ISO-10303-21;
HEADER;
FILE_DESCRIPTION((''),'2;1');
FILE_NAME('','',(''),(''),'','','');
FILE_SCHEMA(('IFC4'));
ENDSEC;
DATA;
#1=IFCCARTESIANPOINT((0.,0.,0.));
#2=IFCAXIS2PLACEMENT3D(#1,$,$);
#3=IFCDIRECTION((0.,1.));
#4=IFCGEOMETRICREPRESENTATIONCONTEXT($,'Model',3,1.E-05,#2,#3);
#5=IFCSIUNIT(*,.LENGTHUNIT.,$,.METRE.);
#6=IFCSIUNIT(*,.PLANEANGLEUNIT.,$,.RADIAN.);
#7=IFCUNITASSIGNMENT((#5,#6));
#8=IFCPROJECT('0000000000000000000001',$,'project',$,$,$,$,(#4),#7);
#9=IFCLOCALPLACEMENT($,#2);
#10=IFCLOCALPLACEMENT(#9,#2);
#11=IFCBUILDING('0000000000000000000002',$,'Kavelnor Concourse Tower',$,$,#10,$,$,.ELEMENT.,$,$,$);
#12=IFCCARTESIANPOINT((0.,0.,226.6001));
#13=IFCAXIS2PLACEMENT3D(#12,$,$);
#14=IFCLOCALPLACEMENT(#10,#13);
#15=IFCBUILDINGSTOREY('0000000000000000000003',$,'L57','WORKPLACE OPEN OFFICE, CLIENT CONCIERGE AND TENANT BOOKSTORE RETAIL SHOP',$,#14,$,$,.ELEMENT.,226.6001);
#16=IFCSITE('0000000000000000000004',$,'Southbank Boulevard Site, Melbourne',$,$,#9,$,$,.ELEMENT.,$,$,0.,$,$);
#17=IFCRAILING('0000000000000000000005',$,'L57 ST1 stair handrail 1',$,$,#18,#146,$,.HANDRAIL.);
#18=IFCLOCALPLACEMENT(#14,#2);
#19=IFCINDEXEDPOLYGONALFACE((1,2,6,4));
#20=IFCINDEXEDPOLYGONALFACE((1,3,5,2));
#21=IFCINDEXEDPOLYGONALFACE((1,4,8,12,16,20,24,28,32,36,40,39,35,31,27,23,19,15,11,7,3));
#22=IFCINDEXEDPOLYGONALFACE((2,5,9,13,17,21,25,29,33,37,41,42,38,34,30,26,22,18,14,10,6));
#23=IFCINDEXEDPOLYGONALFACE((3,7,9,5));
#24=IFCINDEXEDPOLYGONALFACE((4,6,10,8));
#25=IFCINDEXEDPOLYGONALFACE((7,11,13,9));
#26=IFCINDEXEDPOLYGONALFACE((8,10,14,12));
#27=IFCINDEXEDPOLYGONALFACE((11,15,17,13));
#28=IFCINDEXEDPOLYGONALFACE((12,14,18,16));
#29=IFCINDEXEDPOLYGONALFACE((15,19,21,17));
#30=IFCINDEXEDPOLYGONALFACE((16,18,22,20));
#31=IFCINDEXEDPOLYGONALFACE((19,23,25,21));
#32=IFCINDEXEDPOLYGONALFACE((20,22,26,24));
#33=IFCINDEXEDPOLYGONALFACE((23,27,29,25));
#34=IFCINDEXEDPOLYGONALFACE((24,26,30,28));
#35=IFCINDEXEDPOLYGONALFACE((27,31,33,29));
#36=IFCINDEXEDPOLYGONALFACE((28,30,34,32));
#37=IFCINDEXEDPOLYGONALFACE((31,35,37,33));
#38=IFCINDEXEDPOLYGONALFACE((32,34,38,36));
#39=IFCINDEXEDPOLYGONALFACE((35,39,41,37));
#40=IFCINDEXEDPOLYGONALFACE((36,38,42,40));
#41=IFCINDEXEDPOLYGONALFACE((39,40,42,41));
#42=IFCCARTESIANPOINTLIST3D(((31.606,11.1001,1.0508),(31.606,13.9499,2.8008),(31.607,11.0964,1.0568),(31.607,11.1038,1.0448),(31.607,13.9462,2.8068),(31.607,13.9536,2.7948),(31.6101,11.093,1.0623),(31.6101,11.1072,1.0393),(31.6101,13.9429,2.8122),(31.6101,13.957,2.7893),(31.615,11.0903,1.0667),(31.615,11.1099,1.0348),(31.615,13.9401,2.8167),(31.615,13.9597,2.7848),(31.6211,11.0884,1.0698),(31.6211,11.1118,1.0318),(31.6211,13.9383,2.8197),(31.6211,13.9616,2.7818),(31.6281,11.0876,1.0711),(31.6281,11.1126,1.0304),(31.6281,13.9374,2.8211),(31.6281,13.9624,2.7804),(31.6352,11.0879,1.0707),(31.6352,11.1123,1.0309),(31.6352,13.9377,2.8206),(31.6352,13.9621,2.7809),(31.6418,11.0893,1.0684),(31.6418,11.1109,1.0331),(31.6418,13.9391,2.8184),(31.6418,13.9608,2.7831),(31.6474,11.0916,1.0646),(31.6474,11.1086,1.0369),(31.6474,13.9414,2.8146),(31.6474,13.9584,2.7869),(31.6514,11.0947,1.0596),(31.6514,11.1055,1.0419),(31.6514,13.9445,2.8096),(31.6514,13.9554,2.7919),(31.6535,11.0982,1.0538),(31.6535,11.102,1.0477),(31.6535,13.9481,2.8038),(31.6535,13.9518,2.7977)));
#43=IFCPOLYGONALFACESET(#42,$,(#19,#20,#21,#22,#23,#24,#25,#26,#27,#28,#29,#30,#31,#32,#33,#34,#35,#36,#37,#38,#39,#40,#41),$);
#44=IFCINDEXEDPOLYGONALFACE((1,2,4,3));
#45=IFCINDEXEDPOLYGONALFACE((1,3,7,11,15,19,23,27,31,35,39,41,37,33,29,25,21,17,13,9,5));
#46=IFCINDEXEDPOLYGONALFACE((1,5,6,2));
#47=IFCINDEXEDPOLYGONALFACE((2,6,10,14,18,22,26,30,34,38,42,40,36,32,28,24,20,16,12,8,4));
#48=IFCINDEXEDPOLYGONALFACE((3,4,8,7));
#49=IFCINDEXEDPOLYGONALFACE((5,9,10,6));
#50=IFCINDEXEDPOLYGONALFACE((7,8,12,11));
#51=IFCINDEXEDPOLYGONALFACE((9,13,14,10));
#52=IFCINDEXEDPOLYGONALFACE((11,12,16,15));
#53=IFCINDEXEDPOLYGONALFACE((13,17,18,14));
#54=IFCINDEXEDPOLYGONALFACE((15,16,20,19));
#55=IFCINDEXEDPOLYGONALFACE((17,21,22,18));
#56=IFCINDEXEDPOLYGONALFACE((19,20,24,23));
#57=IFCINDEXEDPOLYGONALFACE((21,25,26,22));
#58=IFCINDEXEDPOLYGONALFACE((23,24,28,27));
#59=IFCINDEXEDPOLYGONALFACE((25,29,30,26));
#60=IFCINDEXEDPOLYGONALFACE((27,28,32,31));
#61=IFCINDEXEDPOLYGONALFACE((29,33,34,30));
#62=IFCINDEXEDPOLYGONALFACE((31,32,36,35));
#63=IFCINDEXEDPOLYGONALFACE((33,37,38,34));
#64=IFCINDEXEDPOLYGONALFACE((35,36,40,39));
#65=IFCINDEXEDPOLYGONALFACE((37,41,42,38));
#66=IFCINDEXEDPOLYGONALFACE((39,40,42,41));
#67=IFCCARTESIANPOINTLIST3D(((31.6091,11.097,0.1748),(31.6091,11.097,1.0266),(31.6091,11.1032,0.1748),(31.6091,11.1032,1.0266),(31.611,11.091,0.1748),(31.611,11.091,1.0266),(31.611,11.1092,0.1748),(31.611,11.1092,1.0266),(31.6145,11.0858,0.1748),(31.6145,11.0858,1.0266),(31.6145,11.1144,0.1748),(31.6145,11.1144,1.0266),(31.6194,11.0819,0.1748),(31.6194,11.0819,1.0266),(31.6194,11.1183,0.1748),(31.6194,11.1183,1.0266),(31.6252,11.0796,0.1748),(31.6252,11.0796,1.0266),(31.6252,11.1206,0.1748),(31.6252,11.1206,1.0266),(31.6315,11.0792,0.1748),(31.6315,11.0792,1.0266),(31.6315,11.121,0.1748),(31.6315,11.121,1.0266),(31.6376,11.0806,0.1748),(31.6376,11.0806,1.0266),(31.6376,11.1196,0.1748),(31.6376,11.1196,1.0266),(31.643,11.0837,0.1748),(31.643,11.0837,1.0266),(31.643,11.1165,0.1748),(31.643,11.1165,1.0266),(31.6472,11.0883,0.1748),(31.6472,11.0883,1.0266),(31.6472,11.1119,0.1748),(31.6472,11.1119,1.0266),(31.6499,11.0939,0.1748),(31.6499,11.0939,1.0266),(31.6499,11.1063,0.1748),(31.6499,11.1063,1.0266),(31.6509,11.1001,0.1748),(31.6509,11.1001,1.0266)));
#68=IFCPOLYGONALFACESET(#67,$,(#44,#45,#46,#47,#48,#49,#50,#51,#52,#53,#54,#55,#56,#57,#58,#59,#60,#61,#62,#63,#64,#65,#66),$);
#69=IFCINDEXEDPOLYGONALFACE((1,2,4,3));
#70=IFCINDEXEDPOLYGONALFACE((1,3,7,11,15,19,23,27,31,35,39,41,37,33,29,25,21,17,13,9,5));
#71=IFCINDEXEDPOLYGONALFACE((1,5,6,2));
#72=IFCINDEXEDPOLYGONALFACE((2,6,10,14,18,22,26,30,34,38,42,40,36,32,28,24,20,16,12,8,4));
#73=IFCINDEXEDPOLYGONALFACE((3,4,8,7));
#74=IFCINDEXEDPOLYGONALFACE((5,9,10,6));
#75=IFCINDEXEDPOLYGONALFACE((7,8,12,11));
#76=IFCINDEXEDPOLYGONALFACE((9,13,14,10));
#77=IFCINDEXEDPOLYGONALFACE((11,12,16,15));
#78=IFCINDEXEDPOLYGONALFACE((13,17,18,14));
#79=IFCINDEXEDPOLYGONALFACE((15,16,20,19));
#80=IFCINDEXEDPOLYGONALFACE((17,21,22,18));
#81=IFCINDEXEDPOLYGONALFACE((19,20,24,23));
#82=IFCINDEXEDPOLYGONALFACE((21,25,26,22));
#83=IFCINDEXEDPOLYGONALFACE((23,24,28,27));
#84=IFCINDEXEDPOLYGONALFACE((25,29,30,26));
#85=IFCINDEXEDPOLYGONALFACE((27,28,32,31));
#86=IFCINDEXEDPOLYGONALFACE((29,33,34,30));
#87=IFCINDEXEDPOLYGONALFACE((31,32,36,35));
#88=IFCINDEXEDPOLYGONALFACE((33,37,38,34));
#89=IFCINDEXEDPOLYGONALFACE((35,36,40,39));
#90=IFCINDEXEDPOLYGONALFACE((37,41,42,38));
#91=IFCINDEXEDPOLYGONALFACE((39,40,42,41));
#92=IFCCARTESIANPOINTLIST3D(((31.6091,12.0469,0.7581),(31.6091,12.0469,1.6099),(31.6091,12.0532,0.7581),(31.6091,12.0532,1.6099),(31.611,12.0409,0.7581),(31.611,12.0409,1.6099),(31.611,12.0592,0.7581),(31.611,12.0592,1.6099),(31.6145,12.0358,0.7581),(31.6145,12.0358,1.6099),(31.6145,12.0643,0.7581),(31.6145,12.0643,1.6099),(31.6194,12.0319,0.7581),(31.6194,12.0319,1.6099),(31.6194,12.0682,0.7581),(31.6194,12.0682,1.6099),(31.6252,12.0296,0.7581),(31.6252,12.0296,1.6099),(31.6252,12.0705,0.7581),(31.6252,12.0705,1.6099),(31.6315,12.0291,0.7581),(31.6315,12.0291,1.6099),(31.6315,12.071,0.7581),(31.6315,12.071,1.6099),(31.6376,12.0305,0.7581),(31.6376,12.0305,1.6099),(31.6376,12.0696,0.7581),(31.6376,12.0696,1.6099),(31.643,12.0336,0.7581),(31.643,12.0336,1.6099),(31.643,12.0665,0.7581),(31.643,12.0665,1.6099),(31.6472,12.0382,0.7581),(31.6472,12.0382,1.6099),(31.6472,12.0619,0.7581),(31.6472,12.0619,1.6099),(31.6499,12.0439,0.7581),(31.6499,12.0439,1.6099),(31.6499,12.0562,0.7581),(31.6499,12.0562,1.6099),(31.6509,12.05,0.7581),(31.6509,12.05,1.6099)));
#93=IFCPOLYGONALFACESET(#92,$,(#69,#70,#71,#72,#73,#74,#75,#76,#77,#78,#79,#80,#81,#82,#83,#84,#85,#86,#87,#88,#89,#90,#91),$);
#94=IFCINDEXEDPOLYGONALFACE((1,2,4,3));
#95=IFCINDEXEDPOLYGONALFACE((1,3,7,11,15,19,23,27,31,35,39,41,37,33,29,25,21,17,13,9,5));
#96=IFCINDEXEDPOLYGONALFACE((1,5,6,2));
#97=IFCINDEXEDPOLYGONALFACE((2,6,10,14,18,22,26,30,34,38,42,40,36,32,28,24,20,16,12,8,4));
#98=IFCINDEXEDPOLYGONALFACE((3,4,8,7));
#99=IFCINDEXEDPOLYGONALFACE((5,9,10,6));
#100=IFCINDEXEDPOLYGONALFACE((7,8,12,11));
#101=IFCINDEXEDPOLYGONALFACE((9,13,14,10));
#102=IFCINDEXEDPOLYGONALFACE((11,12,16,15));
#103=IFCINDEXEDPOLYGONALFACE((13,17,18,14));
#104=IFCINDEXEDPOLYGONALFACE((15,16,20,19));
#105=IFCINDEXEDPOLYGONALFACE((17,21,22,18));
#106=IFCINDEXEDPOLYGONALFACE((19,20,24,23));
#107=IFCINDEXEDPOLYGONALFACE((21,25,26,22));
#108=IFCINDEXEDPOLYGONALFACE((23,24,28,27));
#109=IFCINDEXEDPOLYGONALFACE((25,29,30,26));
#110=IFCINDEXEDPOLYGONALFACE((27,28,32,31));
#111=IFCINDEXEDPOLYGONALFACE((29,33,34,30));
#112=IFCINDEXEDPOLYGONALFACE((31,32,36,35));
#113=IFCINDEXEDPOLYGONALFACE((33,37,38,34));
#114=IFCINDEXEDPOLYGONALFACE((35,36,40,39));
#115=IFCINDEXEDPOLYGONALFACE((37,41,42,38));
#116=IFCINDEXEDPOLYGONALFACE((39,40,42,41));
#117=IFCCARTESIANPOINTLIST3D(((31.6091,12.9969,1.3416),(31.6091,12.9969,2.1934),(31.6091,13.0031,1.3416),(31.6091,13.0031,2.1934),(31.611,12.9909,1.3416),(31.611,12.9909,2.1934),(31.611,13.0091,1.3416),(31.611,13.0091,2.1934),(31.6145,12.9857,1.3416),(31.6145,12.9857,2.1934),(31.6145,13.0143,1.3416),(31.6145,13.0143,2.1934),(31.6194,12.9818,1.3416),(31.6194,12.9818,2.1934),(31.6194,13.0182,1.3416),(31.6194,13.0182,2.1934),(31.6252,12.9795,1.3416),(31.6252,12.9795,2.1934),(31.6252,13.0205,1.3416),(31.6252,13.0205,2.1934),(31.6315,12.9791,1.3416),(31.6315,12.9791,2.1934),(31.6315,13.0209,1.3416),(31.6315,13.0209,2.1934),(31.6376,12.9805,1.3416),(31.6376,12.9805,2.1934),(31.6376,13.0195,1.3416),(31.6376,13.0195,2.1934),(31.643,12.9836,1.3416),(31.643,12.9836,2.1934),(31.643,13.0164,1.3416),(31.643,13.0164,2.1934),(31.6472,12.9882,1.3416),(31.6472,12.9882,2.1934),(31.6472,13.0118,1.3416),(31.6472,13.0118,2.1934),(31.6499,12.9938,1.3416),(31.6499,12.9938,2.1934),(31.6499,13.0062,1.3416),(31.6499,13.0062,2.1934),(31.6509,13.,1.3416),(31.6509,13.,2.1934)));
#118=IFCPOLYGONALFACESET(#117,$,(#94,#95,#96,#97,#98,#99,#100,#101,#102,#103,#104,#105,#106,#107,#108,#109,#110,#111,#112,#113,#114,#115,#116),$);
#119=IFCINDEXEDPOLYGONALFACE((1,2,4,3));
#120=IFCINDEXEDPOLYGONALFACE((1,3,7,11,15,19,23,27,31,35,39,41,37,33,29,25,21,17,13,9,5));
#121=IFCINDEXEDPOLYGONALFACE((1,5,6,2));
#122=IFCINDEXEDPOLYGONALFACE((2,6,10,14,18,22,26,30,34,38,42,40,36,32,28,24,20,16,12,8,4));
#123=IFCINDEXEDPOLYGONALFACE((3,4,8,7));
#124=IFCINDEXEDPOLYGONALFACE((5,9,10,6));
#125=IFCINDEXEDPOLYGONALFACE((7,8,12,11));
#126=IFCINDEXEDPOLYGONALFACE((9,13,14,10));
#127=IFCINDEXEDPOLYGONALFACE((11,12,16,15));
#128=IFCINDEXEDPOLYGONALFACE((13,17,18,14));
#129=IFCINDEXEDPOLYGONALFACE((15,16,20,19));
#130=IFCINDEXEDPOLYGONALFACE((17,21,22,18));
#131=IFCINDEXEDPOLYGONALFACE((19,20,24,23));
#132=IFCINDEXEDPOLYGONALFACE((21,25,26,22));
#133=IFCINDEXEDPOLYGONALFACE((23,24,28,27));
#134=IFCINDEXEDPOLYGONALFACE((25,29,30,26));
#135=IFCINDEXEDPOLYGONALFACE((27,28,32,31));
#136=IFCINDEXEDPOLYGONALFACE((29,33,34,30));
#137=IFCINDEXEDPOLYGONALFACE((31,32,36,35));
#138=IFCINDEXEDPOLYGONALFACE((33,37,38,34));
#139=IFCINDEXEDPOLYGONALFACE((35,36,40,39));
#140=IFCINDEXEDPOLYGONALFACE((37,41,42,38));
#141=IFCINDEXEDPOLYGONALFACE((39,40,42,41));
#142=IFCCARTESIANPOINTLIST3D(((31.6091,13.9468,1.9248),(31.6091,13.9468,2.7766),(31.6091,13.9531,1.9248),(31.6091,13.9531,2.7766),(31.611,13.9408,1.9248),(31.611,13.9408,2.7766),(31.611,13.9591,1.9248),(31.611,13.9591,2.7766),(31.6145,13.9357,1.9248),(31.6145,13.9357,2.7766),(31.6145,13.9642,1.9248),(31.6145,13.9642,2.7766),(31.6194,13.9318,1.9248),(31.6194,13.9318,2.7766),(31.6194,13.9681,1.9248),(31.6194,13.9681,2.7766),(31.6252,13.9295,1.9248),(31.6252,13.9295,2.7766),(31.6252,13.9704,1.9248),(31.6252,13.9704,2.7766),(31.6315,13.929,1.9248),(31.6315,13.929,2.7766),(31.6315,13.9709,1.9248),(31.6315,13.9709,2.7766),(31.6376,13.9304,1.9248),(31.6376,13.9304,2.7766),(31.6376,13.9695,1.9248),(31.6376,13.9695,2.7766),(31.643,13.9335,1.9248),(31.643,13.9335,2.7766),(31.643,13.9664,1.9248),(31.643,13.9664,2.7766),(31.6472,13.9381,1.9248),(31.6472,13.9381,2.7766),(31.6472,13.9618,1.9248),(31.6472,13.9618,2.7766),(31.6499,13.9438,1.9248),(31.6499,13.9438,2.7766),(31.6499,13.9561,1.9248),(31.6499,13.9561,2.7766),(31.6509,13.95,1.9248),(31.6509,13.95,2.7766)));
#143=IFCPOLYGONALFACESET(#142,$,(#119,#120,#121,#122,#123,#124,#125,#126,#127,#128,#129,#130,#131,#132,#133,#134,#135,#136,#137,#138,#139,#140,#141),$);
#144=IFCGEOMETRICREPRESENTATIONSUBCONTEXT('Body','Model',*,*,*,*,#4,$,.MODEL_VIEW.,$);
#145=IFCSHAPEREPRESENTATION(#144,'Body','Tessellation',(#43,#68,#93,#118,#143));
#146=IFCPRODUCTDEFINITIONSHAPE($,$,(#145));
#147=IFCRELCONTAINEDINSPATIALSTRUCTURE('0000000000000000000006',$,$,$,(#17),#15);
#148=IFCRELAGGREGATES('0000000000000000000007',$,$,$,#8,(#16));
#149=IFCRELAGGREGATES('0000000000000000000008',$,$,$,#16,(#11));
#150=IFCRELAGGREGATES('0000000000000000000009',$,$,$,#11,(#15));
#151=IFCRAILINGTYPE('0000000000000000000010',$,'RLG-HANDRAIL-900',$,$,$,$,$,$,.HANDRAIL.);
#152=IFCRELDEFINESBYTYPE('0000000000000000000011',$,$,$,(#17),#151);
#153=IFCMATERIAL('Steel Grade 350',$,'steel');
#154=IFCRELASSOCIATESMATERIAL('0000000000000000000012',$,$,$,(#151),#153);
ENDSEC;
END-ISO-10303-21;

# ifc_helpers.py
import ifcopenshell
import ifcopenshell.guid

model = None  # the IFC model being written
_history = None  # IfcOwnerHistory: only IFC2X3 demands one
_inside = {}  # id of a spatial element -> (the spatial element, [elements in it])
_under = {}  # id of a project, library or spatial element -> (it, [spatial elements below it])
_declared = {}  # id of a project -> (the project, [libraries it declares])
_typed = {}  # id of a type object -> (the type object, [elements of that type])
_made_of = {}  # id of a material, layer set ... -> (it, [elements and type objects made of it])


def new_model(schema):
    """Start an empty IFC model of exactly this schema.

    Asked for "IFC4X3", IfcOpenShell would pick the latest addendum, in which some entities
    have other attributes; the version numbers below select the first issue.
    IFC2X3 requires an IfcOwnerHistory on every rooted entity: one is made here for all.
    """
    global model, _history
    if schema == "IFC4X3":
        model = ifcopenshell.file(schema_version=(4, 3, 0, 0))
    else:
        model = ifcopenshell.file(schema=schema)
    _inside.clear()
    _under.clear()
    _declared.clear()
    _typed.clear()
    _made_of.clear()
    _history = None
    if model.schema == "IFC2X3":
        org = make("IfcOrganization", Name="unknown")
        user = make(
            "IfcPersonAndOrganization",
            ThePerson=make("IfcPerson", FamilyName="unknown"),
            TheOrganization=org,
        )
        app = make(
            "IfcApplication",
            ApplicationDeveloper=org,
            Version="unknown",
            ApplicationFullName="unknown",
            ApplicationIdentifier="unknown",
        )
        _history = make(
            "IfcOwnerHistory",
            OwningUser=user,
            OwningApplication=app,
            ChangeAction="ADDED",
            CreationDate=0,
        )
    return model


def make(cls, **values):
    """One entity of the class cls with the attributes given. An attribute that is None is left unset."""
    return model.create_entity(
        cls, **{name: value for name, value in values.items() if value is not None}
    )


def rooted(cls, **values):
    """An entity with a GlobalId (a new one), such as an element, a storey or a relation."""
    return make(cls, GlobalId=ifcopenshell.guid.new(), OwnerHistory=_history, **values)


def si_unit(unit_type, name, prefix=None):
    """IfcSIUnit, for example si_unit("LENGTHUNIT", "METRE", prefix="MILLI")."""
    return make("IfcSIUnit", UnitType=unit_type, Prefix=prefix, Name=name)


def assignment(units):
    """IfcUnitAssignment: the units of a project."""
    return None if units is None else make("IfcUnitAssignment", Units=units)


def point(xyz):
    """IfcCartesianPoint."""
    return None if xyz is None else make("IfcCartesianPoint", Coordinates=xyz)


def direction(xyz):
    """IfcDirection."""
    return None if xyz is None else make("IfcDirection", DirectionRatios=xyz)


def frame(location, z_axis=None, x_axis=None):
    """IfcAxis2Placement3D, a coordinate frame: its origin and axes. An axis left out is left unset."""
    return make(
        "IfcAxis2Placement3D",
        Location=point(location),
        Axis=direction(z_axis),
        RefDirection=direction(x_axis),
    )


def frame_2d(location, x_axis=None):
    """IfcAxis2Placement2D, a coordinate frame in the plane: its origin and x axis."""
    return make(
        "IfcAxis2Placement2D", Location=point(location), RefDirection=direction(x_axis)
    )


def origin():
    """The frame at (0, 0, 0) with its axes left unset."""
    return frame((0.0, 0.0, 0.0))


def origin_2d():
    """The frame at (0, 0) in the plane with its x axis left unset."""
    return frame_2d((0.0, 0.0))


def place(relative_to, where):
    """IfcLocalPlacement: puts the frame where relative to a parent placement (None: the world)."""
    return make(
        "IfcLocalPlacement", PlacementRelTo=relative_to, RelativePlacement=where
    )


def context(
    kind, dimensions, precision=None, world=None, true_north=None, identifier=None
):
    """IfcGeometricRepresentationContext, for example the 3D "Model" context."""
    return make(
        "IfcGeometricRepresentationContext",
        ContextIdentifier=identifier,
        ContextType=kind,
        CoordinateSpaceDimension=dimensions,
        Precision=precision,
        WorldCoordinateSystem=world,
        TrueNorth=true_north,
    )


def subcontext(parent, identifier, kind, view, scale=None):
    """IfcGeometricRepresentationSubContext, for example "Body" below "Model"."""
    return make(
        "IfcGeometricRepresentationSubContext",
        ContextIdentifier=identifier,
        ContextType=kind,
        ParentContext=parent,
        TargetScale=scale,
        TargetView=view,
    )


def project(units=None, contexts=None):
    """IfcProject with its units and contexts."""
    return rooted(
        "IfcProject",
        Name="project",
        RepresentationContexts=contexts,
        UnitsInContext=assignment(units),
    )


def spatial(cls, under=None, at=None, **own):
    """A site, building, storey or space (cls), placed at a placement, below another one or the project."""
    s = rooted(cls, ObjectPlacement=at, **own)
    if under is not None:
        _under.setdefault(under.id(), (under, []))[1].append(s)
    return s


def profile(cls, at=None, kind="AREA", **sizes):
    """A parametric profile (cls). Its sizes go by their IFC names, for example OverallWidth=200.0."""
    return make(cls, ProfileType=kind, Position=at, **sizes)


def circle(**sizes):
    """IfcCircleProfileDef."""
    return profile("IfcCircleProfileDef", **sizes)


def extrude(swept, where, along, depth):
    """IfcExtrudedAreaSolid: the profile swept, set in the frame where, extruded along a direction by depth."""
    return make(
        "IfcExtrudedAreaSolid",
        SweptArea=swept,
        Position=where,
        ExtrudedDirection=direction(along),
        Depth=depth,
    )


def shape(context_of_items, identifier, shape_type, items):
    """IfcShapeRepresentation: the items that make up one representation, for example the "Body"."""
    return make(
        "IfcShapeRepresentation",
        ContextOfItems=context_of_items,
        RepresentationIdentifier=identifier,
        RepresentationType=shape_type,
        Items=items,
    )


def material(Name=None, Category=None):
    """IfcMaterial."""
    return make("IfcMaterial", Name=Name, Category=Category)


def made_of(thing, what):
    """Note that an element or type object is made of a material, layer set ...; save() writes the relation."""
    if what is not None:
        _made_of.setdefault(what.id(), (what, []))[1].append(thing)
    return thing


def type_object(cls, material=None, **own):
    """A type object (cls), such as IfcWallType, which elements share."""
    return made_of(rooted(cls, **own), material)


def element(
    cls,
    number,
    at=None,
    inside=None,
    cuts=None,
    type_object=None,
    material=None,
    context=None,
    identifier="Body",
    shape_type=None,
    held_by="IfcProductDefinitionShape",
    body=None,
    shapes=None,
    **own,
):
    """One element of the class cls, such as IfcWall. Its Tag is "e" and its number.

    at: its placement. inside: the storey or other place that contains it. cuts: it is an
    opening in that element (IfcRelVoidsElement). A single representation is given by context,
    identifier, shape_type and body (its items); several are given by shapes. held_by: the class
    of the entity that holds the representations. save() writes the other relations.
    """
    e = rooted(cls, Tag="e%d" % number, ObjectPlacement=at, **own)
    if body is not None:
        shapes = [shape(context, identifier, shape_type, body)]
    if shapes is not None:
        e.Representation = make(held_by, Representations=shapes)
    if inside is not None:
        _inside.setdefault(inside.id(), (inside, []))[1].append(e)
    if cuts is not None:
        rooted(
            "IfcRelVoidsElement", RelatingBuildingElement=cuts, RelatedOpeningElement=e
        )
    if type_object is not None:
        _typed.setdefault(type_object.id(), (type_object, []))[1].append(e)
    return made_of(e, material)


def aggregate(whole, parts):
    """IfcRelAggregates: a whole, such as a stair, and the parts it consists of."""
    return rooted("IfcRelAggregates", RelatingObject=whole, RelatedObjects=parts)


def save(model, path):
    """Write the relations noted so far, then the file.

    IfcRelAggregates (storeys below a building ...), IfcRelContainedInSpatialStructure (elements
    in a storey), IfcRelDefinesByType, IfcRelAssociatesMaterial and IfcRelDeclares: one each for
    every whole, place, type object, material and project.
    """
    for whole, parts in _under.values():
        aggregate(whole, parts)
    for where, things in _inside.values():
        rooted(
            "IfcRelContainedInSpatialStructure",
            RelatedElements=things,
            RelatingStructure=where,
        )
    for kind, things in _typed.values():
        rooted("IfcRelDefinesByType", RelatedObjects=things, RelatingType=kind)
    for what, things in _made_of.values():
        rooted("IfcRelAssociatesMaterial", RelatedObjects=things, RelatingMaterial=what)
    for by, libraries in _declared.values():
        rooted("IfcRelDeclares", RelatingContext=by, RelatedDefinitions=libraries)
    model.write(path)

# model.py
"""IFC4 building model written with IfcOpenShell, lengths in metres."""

from ifc_helpers import new_model, si_unit, direction, frame, origin, origin_2d, place, context, subcontext, project, spatial, circle, extrude, material, type_object, element, save


model = new_model("IFC4")

# Units and contexts
model_context = context("Model", 3, precision=1e-05, world=origin(), true_north=direction((0.0, 1.0)))
body_context = subcontext(model_context, "Body", "Model", "MODEL_VIEW")
ifc_project = project(units=[si_unit("LENGTHUNIT", "METRE"), si_unit("PLANEANGLEUNIT", "RADIAN")], contexts=[model_context])

# Site, building, storey
site_placement = place(None, origin())
site = spatial("IfcSite", under=ifc_project, at=site_placement, Name="Southbank Boulevard Site, Melbourne", CompositionType="ELEMENT", RefElevation=0.0)
building_placement = place(site_placement, origin())
building = spatial("IfcBuilding", under=site, at=building_placement, Name="Kavelnor Concourse Tower", CompositionType="ELEMENT")
storey_placement = place(building_placement, frame((0.0, 0.0, 226.6001)))
storey = spatial("IfcBuildingStorey", under=building, at=storey_placement, Name="L57", Description="WORKPLACE OPEN OFFICE, CLIENT CONCIERGE AND TENANT BOOKSTORE RETAIL SHOP", CompositionType="ELEMENT", Elevation=226.6001)

# Shared definitions
ifc_material_1 = material(Name="Steel Grade 350", Category="steel")

# Railing
railing_type_1 = type_object("IfcRailingType", Name="RLG-HANDRAIL-900", PredefinedType="HANDRAIL", material=ifc_material_1)
railing_1_placement = place(storey_placement, frame((31.6299, 11.1001, 0.1748)))
element("IfcRailing", 1, at=railing_1_placement, inside=storey, type_object=railing_type_1, Name="L57 ST1 stair handrail 1", PredefinedType="HANDRAIL", context=body_context, shape_type="SweptSolid", body=[
    extrude(circle(Radius=0.0239, at=origin_2d()), frame((0.0, 0.0, 0.876), z_axis=(0.0, 0.852159, 0.523283), x_axis=(-1.0, 0.0, 0.0)), (0.0, 0.0, 1.0), 3.3442),
    extrude(circle(Radius=0.021, at=origin_2d()), origin(), (0.0, 0.0, 1.0), 0.8518),
    extrude(circle(Radius=0.021, at=origin_2d()), frame((0.0, 0.95, 0.5833)), (0.0, 0.0, 1.0), 0.8518),
    extrude(circle(Radius=0.021, at=origin_2d()), frame((0.0, 1.8999, 1.1667)), (0.0, 0.0, 1.0), 0.8518),
    extrude(circle(Radius=0.021, at=origin_2d()), frame((0.0, 2.8499, 1.75)), (0.0, 0.0, 1.0), 0.8518),
])

save(model, "model.ifc")
